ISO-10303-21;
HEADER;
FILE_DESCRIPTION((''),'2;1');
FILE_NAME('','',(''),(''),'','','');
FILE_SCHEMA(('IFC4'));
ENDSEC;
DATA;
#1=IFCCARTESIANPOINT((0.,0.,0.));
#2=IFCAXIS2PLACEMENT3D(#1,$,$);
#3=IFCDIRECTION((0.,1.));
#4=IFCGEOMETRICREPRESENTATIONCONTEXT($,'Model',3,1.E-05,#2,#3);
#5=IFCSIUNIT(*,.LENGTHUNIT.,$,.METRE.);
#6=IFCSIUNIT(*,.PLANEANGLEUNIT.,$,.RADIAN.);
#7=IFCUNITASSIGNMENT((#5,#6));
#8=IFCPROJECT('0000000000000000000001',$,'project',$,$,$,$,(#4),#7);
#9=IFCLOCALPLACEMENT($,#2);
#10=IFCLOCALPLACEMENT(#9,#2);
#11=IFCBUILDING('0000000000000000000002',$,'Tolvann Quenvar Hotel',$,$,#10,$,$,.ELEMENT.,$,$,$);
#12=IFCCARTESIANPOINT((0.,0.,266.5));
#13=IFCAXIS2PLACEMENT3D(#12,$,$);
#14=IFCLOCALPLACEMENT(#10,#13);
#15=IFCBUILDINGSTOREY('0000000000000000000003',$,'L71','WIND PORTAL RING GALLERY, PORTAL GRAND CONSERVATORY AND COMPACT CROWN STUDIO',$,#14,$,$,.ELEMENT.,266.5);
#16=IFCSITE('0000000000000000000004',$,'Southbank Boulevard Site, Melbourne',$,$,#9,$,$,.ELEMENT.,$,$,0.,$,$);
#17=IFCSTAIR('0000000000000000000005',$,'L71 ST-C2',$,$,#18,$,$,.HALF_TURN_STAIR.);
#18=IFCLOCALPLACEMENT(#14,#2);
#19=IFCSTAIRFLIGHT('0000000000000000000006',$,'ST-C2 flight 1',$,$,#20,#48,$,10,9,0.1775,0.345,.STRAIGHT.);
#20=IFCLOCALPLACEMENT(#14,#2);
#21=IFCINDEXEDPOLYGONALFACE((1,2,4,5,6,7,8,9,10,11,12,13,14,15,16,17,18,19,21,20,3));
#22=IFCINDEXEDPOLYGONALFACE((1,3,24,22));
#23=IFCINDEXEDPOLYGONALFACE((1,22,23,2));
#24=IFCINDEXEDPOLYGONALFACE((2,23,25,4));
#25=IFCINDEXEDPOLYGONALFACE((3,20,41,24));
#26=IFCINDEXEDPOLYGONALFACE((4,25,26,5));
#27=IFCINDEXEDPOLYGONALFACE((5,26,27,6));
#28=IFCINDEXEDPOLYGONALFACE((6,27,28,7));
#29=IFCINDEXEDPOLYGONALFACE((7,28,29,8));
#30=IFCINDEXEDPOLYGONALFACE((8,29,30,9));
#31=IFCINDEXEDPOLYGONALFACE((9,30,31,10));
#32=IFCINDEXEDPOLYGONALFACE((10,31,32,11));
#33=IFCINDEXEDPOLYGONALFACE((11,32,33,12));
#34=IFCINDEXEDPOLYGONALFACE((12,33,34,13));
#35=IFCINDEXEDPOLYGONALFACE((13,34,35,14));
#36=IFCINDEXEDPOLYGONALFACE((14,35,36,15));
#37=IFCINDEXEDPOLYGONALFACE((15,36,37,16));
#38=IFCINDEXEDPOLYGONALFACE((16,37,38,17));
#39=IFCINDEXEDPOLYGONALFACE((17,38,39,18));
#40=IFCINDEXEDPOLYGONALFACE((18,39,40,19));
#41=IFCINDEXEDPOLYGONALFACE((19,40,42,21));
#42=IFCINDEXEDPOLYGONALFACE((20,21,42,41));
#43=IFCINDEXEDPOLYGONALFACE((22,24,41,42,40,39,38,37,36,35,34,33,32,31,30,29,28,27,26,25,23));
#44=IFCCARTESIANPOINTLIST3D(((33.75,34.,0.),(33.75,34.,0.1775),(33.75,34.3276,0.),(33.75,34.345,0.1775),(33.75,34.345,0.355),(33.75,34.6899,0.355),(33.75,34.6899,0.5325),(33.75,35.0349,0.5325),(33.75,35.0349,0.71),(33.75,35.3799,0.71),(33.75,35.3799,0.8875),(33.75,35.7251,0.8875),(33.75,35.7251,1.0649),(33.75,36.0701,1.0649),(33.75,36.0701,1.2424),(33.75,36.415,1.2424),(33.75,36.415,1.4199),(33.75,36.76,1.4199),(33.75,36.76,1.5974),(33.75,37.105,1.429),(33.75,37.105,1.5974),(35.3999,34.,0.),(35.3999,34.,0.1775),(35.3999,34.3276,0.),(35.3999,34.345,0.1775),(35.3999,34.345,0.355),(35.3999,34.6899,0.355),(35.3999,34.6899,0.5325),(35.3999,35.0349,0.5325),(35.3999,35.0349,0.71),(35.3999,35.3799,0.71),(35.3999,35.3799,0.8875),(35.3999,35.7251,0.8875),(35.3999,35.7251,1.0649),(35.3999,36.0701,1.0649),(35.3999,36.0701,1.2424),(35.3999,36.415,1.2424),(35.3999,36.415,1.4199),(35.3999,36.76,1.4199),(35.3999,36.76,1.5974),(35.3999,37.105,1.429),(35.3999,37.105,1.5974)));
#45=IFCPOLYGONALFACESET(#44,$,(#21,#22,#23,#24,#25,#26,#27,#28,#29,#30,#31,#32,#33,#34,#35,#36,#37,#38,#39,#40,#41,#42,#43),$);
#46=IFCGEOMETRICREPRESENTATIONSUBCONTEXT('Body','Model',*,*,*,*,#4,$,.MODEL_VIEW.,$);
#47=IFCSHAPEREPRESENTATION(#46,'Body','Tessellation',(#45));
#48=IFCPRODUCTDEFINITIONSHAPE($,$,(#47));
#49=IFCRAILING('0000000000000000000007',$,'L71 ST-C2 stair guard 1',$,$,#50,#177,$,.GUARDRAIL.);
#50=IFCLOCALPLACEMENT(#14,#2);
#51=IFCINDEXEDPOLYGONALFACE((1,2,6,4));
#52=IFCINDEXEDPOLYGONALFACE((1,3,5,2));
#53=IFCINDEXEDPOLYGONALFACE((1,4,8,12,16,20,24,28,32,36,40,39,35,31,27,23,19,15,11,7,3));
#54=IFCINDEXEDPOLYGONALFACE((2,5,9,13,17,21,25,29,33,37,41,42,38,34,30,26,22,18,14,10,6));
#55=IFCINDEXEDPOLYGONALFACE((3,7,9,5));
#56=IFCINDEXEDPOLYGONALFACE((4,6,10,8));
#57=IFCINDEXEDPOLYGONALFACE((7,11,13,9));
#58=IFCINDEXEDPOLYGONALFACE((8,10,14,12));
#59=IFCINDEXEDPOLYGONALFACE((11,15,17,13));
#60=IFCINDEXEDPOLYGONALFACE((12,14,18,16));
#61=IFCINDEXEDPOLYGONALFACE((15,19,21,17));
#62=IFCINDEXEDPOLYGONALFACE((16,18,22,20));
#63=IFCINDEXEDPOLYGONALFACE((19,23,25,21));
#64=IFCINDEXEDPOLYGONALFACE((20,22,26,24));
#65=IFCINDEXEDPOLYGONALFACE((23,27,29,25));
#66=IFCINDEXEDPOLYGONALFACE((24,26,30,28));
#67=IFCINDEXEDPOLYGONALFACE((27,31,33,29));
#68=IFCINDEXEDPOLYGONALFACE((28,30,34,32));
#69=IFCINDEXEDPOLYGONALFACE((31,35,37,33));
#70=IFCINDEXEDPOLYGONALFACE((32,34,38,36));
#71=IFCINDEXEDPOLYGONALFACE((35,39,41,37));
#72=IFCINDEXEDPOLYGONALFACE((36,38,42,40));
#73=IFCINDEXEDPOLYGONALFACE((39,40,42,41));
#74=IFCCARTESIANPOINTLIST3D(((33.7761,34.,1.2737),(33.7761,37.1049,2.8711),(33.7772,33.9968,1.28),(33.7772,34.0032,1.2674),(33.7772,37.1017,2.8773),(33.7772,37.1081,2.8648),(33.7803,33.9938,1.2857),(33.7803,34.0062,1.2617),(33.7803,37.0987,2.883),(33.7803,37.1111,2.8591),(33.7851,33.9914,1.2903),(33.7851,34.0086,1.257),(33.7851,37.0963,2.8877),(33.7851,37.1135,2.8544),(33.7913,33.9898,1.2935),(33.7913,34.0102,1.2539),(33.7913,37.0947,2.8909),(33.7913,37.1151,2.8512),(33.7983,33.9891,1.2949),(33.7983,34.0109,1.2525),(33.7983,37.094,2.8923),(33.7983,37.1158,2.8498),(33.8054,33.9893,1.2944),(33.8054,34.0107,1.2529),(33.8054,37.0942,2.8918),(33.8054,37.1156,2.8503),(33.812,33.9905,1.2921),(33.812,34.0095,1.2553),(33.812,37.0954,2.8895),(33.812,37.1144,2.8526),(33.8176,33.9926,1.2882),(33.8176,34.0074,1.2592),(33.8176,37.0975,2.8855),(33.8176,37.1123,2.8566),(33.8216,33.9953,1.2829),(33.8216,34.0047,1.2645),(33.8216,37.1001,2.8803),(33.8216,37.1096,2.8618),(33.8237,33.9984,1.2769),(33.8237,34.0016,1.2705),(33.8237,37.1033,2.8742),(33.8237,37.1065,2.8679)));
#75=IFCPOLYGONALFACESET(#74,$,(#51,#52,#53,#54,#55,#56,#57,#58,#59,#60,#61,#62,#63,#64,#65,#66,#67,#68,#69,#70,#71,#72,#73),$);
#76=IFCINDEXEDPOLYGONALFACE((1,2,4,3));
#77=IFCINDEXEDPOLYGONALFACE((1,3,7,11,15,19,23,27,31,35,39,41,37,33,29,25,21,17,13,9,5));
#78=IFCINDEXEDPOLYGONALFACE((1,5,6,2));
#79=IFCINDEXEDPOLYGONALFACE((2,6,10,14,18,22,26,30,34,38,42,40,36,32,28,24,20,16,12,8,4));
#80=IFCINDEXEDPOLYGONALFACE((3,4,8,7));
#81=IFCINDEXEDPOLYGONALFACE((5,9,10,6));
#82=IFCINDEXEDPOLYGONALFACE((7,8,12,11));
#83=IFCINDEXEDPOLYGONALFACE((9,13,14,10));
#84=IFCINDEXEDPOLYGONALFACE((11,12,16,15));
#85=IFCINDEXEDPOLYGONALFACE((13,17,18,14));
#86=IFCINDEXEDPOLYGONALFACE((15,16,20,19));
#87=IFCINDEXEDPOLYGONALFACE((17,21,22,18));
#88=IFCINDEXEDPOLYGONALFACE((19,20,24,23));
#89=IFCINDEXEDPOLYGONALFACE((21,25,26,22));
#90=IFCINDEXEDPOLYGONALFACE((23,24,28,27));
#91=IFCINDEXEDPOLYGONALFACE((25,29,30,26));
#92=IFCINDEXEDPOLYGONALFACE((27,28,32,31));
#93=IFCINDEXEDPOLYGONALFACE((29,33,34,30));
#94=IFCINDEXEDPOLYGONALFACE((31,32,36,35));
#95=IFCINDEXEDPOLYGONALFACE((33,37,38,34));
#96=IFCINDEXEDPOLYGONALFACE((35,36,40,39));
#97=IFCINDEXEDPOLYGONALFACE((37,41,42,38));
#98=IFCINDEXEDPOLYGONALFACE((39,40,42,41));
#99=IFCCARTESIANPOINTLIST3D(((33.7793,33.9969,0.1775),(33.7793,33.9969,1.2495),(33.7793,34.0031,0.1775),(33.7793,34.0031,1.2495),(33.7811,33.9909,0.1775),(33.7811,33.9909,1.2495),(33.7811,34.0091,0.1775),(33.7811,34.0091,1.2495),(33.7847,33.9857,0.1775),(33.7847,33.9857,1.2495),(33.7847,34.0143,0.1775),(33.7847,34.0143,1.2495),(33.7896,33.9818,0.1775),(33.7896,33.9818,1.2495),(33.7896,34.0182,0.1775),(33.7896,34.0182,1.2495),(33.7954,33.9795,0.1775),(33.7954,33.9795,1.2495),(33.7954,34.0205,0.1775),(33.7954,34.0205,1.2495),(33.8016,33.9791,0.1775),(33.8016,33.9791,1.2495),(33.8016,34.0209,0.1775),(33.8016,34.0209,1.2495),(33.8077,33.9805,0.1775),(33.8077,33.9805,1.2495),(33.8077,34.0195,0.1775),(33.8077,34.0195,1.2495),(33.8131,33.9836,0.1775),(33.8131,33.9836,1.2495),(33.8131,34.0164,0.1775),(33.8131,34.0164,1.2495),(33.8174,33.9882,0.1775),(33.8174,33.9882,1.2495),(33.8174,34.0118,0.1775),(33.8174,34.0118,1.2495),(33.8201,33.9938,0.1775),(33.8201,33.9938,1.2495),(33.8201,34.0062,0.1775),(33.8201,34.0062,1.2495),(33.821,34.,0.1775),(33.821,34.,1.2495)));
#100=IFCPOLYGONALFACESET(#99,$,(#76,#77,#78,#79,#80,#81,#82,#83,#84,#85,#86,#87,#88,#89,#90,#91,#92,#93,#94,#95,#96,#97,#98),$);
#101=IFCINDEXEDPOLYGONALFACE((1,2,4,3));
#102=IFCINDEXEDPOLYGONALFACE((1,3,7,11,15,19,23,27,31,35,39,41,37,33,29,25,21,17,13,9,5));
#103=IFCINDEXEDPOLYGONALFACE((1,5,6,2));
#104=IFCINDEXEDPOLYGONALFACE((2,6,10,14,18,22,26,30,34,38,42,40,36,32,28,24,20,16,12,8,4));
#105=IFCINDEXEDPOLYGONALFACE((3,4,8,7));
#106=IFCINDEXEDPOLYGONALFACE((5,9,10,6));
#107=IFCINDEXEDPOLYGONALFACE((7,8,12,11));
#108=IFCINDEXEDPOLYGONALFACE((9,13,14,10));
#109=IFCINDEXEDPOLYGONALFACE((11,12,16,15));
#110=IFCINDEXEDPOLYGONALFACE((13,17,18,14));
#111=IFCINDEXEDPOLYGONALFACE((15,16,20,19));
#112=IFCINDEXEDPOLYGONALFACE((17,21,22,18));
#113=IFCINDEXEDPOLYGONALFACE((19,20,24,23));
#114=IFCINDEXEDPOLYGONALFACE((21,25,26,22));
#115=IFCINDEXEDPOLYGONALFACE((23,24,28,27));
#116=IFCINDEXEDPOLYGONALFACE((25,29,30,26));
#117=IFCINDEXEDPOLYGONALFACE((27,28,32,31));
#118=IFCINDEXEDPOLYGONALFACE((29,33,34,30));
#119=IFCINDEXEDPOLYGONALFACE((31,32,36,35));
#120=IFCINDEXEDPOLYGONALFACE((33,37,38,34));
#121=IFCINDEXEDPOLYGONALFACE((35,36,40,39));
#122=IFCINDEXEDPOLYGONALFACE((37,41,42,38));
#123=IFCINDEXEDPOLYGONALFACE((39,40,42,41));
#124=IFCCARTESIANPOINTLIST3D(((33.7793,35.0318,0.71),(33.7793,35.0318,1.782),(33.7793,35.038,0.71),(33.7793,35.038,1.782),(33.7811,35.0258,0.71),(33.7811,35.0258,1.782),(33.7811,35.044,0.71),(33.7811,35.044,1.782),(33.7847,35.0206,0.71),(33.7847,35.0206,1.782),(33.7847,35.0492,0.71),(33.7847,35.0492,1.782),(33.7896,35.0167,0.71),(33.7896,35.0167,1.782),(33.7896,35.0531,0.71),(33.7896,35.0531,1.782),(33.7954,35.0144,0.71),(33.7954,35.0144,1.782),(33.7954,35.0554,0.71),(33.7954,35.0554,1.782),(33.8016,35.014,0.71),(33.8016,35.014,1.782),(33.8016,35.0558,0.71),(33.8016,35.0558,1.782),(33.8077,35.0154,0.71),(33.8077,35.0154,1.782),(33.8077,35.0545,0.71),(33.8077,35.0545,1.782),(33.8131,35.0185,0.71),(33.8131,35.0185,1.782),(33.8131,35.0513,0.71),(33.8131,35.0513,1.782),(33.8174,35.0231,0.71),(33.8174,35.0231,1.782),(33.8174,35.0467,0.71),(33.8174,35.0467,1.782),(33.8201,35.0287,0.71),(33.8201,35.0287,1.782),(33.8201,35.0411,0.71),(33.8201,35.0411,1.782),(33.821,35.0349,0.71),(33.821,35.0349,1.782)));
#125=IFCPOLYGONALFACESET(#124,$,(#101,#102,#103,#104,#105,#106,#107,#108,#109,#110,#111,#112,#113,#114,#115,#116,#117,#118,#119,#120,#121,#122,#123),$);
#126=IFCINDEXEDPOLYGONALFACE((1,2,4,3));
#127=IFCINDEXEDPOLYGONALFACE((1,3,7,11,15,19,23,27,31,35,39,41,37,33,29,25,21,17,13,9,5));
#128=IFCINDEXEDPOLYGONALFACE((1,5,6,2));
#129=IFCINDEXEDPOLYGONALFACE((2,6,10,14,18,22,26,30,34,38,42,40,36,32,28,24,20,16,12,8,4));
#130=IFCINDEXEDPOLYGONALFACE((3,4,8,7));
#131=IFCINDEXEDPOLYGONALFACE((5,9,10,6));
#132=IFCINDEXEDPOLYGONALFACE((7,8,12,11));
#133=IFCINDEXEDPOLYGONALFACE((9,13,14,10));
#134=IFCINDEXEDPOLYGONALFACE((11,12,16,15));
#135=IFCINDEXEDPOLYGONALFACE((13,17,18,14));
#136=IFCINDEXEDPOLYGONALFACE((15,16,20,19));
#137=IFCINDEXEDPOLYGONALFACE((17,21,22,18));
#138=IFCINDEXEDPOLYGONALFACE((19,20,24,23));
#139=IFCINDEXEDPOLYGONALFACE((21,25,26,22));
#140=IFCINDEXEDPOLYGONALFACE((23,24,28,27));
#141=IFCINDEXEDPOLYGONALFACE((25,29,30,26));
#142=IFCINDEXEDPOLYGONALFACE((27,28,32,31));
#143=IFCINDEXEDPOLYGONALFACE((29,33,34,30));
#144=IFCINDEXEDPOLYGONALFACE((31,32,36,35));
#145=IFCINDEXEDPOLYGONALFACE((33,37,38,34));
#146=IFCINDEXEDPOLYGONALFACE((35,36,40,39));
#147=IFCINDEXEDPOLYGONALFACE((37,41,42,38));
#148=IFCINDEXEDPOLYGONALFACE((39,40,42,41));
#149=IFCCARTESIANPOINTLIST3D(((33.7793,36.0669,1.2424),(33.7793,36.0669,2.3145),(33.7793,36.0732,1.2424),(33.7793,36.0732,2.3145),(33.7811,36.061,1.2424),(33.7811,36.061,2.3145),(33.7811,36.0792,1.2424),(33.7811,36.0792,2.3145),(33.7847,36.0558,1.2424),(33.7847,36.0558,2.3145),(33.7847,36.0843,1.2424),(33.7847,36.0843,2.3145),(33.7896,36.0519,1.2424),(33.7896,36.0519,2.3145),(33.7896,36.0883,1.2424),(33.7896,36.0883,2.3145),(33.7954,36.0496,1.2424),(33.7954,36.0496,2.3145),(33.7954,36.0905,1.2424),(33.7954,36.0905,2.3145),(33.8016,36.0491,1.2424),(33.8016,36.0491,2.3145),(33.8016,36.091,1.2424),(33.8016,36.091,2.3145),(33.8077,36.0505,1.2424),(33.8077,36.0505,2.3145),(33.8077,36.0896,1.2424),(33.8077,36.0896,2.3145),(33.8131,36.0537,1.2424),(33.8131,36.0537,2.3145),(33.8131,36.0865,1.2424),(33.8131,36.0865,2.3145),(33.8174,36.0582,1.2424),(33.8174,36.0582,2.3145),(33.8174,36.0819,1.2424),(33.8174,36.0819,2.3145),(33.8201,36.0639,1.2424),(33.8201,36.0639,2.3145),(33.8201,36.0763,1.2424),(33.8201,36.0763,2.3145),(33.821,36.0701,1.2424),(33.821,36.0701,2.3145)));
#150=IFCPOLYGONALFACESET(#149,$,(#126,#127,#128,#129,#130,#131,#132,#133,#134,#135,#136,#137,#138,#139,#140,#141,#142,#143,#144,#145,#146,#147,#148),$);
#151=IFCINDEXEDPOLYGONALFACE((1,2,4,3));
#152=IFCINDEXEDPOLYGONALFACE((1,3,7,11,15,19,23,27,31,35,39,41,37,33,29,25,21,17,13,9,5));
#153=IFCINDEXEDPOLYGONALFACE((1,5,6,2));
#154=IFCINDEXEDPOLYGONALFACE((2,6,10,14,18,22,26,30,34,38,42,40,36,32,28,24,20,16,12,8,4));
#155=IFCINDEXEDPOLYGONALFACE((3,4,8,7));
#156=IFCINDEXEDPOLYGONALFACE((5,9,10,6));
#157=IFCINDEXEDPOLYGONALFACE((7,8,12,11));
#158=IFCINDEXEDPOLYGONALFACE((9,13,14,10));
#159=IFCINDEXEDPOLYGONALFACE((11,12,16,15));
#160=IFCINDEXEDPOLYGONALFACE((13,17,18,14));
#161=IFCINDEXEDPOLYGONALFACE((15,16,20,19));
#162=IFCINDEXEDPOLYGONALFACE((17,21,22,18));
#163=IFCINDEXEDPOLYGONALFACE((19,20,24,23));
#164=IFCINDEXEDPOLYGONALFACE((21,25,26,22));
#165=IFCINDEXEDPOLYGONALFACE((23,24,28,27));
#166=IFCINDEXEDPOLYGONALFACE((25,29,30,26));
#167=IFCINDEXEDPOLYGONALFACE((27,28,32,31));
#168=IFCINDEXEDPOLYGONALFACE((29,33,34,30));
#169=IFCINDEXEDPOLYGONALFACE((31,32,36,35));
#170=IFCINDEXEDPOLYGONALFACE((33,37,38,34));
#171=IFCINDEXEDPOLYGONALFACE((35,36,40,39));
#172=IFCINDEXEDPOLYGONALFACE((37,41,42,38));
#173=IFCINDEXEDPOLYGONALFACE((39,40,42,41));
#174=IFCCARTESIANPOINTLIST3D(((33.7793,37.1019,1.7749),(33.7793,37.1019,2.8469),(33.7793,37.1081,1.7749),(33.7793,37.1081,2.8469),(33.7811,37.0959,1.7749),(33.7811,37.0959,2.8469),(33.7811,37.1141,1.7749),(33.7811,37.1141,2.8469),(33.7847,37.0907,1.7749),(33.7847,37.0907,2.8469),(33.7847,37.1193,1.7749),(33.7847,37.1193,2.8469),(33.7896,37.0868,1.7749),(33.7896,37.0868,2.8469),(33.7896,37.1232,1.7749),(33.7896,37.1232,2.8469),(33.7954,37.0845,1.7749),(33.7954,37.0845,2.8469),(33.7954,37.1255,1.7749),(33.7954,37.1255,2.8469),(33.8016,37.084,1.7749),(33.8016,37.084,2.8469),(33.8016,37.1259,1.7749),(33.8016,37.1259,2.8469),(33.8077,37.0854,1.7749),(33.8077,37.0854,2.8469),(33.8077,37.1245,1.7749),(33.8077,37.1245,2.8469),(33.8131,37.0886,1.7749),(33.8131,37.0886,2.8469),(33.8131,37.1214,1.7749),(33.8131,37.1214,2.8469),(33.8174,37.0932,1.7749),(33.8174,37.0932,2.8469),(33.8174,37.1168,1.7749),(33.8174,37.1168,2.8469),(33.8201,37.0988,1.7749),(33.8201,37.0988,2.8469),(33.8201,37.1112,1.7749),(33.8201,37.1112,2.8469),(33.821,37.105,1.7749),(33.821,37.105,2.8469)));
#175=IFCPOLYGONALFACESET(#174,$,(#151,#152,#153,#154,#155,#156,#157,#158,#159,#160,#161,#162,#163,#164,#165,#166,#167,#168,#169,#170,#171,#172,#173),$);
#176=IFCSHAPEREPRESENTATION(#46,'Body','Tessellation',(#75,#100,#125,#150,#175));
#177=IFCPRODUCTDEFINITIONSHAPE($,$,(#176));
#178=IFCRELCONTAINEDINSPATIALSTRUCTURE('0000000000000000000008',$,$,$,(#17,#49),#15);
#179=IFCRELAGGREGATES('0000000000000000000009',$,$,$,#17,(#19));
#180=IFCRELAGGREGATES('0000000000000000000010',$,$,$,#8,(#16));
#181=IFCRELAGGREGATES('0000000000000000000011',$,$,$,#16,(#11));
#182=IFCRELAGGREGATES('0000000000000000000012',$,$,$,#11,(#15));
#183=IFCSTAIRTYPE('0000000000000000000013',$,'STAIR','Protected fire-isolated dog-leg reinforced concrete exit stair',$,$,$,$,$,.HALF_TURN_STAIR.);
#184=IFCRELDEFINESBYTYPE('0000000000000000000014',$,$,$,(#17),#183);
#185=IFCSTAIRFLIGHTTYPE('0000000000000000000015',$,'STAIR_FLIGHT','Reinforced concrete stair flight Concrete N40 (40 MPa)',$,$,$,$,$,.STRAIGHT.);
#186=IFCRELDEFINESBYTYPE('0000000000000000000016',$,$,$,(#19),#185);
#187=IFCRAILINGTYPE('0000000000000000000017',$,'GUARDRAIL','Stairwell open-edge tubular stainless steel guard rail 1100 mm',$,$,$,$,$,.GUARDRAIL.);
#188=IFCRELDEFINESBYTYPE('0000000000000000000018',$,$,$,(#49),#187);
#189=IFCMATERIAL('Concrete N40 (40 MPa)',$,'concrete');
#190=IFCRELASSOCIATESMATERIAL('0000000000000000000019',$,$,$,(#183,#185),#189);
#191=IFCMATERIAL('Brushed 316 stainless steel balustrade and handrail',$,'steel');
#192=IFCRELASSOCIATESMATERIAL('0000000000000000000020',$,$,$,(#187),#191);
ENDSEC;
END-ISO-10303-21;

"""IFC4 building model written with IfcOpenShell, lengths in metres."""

from ifc_helpers import new_model, si_unit, direction, frame, origin, origin_2d, place, context, subcontext, project, spatial, polyline, circle, outline, extrude, material, type_object, element, aggregate, save


model = new_model("IFC4")

# Units and contexts
model_context = context("Model", 3, precision=1e-05, world=origin(), true_north=direction((0.0, 1.0)))
body_context = subcontext(model_context, "Body", "Model", "MODEL_VIEW")
ifc_project = project(units=[si_unit("LENGTHUNIT", "METRE"), si_unit("PLANEANGLEUNIT", "RADIAN")], contexts=[model_context])

# Site, building, storey
site_placement = place(None, origin())
site = spatial("IfcSite", under=ifc_project, at=site_placement, Name="Southbank Boulevard Site, Melbourne", CompositionType="ELEMENT", RefElevation=0.0)
building_placement = place(site_placement, origin())
building = spatial("IfcBuilding", under=site, at=building_placement, Name="Tolvann Quenvar Hotel", CompositionType="ELEMENT")
storey_placement = place(building_placement, frame((0.0, 0.0, 266.5)))
storey = spatial("IfcBuildingStorey", under=building, at=storey_placement, Name="L71", Description="WIND PORTAL RING GALLERY, PORTAL GRAND CONSERVATORY AND COMPACT CROWN STUDIO", CompositionType="ELEMENT", Elevation=266.5)

# Stair, stair flight
ifc_material_1 = material(Name="Concrete N40 (40 MPa)", Category="concrete")
stair_type = type_object("IfcStairType", Name="STAIR", Description="Protected fire-isolated dog-leg reinforced concrete exit stair", PredefinedType="HALF_TURN_STAIR", material=ifc_material_1)
stair_placement = place(storey_placement, origin())
stair = element("IfcStair", 1, at=stair_placement, inside=storey, type_object=stair_type, Name="L71 ST-C2", PredefinedType="HALF_TURN_STAIR")
stair_flight_type = type_object("IfcStairFlightType", Name="STAIR_FLIGHT", Description="Reinforced concrete stair flight Concrete N40 (40 MPa)", PredefinedType="STRAIGHT", material=ifc_material_1)
stair_flight_placement = place(storey_placement, frame((34.575, 34.0, 0.0), z_axis=(0.0, 0.0, 1.0), x_axis=(0.0, 1.0, 0.0)))
stair_flight = element("IfcStairFlight", 2, at=stair_flight_placement, type_object=stair_flight_type, Name="ST-C2 flight 1", NumberOfRisers=10, NumberOfTreads=9, PredefinedType="STRAIGHT", RiserHeight=0.1775, TreadLength=0.345, context=body_context, shape_type="SweptSolid", body=[
    extrude(outline(polyline([(0.0, 0.0), (0.0, 0.1775), (0.345, 0.1775), (0.345, 0.355), (0.6899, 0.355), (0.6899, 0.5325), (1.0349, 0.5325), (1.0349, 0.71), (1.3799, 0.71), (1.3799, 0.8875), (1.7251, 0.8875), (1.7251, 1.0649), (2.0701, 1.0649), (2.0701, 1.2424), (2.415, 1.2424), (2.415, 1.4199), (2.76, 1.4199), (2.76, 1.5974), (3.105, 1.5974), (3.105, 1.7749), (3.105, 1.429), (0.3276, 0.0), (0.0, 0.0)])), frame((0.0, 0.825, 0.0), z_axis=(0.0, -1.0, 0.0), x_axis=(1.0, 0.0, 0.0)), (0.0, 0.0, 1.0), 1.6499),
])
aggregate(stair, [stair_flight])

# Railing
ifc_material_2 = material(Name="Brushed 316 stainless steel balustrade and handrail", Category="steel")
railing_type = type_object("IfcRailingType", Name="GUARDRAIL", Description="Stairwell open-edge tubular stainless steel guard rail 1100 mm", PredefinedType="GUARDRAIL", material=ifc_material_2)
railing_1_placement = place(storey_placement, frame((33.8, 34.0, 0.1775)))
element("IfcRailing", 3, at=railing_1_placement, inside=storey, type_object=railing_type, Name="L71 ST-C2 stair guard 1", PredefinedType="GUARDRAIL", context=body_context, shape_type="SweptSolid", body=[
    extrude(circle(Radius=0.0239, at=origin_2d()), frame((0.0, 0.0, 1.0962), z_axis=(0.0, 0.889222, 0.457476), x_axis=(-1.0, 0.0, 0.0)), (0.0, 0.0, 1.0), 3.4917),
    extrude(circle(Radius=0.021, at=origin_2d()), origin(), (0.0, 0.0, 1.0), 1.072),
    extrude(circle(Radius=0.021, at=origin_2d()), frame((0.0, 1.0349, 0.5325)), (0.0, 0.0, 1.0), 1.072),
    extrude(circle(Radius=0.021, at=origin_2d()), frame((0.0, 2.0701, 1.0649)), (0.0, 0.0, 1.0), 1.072),
    extrude(circle(Radius=0.021, at=origin_2d()), frame((0.0, 3.105, 1.5974)), (0.0, 0.0, 1.0), 1.072),
])

save(model, "model.ifc")
